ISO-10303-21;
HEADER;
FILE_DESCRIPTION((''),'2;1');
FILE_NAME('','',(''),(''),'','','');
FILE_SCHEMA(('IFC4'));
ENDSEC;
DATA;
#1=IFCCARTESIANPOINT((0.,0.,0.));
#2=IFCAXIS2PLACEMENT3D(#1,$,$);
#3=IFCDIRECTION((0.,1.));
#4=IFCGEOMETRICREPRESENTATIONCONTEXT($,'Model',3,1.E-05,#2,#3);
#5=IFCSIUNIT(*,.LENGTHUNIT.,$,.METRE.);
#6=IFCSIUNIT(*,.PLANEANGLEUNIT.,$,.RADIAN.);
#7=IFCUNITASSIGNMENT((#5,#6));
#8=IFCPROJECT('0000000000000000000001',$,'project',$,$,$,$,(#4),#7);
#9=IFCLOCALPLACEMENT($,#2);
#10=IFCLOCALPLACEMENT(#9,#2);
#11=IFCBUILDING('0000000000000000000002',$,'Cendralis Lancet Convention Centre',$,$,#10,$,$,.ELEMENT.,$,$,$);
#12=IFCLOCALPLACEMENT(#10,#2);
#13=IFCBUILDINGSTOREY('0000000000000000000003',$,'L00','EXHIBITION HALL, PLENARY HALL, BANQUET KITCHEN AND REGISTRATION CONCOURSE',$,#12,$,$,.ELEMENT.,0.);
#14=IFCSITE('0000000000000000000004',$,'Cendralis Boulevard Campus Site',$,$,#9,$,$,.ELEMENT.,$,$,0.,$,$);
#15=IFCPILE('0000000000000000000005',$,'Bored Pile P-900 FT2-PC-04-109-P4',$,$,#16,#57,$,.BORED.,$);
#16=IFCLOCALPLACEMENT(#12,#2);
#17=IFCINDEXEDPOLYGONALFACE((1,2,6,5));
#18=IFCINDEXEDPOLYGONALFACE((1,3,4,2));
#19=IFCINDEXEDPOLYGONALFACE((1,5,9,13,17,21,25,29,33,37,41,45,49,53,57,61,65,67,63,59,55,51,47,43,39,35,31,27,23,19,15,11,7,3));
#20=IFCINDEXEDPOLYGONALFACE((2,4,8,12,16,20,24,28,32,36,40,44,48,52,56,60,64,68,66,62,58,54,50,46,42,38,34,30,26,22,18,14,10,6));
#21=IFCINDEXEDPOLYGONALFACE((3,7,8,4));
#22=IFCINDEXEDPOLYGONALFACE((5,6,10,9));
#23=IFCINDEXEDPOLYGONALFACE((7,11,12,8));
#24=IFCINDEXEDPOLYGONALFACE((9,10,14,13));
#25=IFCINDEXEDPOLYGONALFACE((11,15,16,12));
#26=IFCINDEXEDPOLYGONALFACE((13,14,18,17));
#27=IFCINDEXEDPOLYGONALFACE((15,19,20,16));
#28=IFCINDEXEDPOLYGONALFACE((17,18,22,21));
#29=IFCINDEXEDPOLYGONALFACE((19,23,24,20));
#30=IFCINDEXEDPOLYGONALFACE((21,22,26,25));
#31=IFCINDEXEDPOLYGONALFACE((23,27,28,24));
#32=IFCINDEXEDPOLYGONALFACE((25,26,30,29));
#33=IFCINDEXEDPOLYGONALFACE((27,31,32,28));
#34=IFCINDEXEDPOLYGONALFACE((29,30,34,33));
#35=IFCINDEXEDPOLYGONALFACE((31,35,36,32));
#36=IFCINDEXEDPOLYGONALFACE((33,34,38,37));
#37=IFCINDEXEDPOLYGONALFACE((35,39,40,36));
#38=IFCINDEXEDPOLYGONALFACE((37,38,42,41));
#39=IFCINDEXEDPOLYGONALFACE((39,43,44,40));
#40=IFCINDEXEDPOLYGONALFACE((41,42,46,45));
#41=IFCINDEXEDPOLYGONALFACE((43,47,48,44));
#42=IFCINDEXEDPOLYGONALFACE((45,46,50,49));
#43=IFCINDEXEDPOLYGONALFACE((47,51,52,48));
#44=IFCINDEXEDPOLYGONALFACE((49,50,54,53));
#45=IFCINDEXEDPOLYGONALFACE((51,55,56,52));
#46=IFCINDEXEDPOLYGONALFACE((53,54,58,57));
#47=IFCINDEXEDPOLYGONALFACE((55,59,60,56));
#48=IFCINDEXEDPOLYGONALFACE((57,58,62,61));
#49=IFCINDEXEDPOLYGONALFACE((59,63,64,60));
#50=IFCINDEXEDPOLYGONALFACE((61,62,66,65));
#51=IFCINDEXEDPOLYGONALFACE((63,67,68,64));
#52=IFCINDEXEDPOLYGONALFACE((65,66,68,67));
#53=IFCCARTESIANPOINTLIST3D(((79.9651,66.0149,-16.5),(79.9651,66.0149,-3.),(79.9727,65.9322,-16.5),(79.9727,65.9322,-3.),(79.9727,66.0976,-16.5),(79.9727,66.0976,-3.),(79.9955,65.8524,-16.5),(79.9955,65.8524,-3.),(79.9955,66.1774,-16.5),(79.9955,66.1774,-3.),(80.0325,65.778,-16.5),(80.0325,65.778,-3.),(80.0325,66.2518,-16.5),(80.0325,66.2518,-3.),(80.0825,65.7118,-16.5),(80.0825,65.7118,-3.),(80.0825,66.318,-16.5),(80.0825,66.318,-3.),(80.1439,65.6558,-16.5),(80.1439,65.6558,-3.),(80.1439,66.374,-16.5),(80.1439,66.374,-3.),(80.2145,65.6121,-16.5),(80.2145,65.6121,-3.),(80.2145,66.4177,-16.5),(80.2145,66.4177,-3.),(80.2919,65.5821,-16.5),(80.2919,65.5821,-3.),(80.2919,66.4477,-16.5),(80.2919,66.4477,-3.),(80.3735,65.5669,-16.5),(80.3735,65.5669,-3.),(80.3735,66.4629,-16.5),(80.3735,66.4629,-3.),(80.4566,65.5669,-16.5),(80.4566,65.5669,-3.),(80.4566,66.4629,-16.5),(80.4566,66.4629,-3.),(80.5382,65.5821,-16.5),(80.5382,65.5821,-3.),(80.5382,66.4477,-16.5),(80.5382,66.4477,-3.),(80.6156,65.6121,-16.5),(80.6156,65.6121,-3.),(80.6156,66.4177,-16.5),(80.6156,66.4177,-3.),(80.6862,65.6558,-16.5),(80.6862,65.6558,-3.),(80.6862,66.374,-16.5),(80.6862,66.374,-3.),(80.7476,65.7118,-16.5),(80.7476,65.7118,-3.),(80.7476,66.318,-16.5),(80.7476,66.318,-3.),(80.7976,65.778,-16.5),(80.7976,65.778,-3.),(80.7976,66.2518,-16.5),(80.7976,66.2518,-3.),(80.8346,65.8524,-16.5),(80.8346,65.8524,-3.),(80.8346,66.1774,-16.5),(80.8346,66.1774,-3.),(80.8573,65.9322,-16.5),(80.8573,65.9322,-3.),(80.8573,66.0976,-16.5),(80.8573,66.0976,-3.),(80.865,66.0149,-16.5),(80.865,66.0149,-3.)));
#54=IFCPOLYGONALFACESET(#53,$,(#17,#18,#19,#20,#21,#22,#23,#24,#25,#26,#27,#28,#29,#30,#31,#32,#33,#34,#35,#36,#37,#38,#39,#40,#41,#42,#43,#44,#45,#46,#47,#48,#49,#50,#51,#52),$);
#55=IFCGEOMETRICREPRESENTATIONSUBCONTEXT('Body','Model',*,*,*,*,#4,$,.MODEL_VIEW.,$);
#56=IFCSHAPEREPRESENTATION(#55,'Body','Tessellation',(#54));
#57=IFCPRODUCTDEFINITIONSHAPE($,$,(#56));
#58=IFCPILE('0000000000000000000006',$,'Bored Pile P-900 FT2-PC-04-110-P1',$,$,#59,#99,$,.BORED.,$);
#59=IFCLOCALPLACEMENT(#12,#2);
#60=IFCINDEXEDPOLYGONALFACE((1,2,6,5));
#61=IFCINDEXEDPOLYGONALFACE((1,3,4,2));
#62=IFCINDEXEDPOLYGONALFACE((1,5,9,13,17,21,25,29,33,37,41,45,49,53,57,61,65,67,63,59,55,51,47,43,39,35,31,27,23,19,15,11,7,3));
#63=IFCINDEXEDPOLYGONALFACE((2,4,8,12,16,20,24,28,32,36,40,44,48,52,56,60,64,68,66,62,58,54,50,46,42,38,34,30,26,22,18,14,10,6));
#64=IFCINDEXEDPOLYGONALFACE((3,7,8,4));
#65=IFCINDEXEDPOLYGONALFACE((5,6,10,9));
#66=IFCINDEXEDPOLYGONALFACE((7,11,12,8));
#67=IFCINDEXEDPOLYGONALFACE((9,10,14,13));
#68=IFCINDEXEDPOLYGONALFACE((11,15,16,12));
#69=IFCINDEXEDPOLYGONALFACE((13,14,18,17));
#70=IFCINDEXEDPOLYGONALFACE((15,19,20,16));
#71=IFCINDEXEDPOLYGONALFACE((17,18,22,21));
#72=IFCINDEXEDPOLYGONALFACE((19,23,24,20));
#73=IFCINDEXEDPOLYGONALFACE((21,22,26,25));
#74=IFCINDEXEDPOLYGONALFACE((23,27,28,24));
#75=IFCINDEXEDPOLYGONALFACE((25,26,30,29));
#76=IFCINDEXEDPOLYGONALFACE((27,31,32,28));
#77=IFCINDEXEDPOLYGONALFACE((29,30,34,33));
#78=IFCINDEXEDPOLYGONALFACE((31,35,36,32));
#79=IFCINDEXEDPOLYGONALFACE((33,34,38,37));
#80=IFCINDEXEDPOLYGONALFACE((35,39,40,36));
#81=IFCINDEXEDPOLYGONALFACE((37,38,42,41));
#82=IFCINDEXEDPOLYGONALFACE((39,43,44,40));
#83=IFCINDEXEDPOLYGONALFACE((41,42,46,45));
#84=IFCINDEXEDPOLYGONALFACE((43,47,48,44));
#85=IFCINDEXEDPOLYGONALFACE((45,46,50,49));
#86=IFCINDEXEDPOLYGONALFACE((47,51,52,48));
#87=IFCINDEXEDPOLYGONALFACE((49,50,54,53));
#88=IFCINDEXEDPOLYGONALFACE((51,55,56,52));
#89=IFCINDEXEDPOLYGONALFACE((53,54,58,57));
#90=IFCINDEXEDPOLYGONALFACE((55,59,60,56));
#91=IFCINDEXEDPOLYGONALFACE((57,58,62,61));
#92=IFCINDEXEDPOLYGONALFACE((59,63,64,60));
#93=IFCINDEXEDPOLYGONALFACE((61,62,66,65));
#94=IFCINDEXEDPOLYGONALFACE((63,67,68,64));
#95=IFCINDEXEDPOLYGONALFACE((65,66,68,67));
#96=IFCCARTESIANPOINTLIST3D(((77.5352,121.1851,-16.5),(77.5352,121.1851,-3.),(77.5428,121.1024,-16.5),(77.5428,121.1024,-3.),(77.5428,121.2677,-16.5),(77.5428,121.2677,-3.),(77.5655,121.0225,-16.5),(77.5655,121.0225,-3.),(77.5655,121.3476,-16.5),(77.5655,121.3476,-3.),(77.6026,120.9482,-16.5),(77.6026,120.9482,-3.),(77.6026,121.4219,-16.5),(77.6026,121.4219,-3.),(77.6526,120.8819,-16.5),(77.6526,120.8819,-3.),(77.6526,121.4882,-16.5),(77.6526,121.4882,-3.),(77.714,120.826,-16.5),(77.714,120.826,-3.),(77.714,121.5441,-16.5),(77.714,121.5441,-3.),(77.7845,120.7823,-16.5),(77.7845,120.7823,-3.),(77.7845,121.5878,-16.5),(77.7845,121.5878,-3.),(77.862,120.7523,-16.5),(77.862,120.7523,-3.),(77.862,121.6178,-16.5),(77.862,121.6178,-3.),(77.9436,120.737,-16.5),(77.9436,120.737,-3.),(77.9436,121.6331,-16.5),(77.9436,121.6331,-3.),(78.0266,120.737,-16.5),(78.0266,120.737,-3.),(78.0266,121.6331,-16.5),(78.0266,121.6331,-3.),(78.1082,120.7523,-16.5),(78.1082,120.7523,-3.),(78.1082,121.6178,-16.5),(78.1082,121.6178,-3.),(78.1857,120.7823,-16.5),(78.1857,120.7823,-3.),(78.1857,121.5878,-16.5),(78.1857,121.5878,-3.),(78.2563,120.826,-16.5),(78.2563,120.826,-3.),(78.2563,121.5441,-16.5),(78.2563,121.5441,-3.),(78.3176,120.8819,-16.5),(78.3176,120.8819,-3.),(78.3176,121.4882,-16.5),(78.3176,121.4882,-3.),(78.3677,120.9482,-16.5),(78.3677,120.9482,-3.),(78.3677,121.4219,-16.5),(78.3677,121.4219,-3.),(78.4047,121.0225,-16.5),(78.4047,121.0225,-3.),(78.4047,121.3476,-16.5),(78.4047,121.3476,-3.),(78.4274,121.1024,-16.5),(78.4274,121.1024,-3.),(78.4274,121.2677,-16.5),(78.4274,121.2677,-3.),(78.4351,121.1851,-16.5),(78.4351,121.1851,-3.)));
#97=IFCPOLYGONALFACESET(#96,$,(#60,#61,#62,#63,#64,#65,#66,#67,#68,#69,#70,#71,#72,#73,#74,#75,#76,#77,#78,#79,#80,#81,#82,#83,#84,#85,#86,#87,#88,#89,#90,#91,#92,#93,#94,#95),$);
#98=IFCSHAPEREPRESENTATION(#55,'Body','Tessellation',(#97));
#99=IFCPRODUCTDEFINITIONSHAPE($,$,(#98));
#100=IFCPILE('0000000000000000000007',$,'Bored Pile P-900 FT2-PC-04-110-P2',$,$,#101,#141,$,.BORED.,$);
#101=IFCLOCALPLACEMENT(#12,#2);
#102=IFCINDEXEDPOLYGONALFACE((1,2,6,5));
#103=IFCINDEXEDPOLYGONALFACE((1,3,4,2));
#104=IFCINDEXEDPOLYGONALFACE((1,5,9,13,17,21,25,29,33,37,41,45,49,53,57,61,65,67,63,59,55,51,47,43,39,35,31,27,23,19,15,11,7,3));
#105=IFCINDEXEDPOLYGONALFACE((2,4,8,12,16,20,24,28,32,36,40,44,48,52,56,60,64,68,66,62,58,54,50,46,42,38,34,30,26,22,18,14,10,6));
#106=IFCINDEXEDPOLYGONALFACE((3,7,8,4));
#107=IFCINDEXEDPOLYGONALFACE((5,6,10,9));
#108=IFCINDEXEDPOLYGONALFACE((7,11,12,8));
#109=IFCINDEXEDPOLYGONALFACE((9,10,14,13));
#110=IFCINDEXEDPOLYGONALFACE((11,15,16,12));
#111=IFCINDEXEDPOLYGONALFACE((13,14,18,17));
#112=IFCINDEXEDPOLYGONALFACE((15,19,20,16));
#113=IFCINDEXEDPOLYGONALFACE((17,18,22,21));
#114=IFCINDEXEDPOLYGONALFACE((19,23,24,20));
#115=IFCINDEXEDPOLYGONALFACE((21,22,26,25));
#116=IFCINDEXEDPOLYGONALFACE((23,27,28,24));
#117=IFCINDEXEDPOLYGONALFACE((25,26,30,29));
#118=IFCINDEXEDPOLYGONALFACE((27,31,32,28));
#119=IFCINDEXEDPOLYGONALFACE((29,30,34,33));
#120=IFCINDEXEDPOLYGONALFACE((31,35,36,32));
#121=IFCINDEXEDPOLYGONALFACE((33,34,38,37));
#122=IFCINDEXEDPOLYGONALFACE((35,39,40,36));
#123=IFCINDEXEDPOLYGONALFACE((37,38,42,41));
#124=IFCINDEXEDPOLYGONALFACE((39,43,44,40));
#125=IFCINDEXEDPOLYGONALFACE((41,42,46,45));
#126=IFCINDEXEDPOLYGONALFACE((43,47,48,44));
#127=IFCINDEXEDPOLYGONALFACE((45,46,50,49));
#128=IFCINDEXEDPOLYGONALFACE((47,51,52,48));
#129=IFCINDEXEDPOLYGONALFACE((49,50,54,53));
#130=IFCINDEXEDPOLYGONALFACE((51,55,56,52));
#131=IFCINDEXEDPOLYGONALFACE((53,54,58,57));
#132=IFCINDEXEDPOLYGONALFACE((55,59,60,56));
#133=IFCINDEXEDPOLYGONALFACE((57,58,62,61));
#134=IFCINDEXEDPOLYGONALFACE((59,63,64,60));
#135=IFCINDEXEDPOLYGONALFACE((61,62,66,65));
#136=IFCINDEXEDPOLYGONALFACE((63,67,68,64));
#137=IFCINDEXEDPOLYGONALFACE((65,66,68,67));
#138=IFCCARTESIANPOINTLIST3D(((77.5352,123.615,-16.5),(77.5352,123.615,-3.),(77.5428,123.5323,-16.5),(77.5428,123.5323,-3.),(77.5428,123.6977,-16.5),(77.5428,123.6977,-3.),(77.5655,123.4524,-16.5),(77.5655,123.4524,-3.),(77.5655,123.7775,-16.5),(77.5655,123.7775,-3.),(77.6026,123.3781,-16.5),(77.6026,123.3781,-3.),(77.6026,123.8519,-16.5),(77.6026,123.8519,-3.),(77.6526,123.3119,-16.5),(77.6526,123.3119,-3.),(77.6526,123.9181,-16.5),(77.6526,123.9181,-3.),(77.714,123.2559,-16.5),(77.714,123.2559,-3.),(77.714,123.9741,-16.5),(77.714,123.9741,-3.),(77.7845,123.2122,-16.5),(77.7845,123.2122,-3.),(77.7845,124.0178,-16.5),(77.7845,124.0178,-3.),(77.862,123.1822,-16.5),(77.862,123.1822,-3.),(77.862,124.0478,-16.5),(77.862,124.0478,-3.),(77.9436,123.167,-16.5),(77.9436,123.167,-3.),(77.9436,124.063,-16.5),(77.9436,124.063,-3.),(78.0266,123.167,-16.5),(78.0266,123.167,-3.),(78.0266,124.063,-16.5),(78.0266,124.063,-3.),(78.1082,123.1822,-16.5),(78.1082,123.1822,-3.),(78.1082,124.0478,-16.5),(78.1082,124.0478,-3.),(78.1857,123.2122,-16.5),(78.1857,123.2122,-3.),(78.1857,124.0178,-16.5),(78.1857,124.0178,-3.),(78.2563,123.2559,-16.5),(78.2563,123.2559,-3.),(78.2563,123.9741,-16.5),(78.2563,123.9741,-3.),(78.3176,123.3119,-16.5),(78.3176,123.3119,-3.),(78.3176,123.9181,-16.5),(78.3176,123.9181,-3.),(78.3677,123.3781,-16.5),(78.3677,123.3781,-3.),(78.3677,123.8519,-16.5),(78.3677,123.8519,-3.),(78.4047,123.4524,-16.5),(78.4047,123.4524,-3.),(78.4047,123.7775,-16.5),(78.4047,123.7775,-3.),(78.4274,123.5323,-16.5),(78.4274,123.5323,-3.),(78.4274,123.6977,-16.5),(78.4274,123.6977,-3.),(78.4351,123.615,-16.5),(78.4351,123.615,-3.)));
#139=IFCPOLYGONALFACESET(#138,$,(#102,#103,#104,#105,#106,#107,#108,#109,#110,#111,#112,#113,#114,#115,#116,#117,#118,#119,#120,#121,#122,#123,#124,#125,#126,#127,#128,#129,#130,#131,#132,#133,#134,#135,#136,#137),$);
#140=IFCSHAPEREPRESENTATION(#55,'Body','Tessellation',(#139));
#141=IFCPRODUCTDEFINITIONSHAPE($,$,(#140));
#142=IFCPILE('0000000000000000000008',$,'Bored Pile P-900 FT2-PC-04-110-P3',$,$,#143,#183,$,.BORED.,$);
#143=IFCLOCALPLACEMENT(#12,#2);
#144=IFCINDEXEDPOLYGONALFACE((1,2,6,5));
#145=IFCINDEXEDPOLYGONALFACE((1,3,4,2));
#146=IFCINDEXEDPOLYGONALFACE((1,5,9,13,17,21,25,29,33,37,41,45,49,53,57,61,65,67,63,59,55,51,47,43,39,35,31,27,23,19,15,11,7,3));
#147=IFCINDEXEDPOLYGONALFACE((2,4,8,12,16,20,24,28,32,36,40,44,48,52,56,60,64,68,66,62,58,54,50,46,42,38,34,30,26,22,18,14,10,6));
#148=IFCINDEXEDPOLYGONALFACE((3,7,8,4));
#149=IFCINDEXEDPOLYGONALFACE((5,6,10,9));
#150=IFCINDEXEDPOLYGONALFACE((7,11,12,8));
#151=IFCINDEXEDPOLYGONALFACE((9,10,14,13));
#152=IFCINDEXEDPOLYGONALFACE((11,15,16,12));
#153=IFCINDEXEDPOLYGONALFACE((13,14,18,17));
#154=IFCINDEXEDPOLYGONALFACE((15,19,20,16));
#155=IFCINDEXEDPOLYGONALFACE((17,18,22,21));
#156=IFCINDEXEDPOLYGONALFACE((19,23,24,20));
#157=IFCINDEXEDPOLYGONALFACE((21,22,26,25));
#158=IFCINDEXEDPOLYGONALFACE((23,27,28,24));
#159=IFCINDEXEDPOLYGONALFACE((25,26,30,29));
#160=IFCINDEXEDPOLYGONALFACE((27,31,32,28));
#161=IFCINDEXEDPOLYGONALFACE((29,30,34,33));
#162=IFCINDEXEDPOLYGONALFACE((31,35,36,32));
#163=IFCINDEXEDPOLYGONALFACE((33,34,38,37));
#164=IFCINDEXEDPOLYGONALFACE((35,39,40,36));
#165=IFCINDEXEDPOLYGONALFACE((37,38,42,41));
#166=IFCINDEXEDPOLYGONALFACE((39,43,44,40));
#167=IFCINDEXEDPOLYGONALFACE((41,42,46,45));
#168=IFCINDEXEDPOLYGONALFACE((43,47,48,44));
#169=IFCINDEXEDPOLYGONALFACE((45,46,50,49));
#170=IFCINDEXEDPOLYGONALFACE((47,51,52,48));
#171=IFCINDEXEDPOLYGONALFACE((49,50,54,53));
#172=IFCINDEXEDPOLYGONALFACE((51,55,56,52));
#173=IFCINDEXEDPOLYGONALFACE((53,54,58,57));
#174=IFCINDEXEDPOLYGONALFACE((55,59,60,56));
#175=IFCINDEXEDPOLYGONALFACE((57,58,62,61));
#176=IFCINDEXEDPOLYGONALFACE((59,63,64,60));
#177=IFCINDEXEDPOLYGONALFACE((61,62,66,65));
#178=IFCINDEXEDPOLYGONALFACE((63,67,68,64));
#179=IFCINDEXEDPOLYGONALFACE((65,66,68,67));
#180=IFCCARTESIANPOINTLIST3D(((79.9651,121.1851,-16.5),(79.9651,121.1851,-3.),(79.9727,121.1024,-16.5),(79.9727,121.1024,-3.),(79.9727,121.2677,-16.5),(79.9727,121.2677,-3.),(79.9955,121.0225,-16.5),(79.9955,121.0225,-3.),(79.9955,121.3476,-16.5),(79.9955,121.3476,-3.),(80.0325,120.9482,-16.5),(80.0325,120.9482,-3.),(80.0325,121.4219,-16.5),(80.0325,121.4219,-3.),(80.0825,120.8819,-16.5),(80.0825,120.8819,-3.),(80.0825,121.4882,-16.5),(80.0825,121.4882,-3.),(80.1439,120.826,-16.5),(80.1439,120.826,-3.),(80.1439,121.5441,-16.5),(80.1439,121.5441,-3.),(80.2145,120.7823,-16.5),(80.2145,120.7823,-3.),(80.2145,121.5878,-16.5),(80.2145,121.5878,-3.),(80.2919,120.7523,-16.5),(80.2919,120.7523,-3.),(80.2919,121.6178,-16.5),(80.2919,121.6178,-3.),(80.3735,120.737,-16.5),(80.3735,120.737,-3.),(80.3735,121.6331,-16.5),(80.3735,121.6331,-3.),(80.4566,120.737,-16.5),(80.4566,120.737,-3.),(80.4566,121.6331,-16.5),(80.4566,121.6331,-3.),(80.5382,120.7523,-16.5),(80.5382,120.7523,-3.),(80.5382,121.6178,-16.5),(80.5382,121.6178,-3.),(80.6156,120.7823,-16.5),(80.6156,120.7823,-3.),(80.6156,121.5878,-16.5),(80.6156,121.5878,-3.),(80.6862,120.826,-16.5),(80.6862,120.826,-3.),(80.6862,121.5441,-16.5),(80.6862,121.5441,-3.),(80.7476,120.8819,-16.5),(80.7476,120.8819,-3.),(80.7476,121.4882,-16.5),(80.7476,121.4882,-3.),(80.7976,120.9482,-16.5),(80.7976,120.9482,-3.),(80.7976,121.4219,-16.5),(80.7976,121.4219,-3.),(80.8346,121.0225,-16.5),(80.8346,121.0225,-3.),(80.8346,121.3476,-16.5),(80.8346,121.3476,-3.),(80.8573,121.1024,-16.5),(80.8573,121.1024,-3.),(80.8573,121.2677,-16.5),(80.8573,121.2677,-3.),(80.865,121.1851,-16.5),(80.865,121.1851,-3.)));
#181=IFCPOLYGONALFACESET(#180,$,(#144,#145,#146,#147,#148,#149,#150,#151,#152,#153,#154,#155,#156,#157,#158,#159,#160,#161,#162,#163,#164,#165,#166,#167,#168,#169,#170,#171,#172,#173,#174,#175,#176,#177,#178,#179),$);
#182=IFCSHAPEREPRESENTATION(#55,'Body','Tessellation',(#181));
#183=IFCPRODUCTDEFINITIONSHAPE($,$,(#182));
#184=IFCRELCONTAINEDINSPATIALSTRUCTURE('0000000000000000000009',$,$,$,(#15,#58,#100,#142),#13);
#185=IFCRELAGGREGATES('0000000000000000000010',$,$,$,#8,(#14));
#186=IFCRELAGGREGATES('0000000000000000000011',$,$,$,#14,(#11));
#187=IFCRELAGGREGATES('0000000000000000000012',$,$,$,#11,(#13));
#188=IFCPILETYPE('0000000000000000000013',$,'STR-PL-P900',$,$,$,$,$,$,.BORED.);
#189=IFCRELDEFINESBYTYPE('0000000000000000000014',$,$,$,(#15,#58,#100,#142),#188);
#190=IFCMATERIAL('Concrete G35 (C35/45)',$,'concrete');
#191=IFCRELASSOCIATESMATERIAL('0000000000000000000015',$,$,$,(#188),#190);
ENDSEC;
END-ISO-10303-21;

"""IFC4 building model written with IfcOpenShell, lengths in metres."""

from ifc_helpers import new_model, si_unit, direction, frame, origin, origin_2d, place, context, subcontext, project, spatial, circle, extrude, material, material_profile, profile_set, type_object, element, save


model = new_model("IFC4")

# Units and contexts
model_context = context("Model", 3, precision=1e-05, world=origin(), true_north=direction((0.0, 1.0)))
body_context = subcontext(model_context, "Body", "Model", "MODEL_VIEW")
ifc_project = project(units=[si_unit("LENGTHUNIT", "METRE"), si_unit("PLANEANGLEUNIT", "RADIAN")], contexts=[model_context])

# Site, building, storey
site_placement = place(None, origin())
site = spatial("IfcSite", under=ifc_project, at=site_placement, Name="Cendralis Boulevard Campus Site", CompositionType="ELEMENT", RefElevation=0.0)
building_placement = place(site_placement, origin())
building = spatial("IfcBuilding", under=site, at=building_placement, Name="Cendralis Lancet Convention Centre", CompositionType="ELEMENT")
storey_placement = place(building_placement, origin())
storey = spatial("IfcBuildingStorey", under=building, at=storey_placement, Name="L00", Description="EXHIBITION HALL, PLENARY HALL, BANQUET KITCHEN AND REGISTRATION CONCOURSE", CompositionType="ELEMENT", Elevation=0.0)

# Shared definitions
ifc_material_1 = material(Name="Concrete G35 (C35/45)", Category="concrete")

# Piles
ifc_material_profile_1 = material_profile(ifc_material_1, circle(Radius=0.45, at=origin_2d()), Name="BORED PILE D900")
ifc_profile_set_1 = profile_set([ifc_material_profile_1], Name="Concrete G35 (C35/45)")
pile_type = type_object("IfcPileType", Name="STR-PL-P900", PredefinedType="BORED", material=ifc_profile_set_1)
for number, where, z_axis, x_axis, name in (
    (1, (80.415, 66.0149, -3.0), (0.0, 0.0, -1.0), (1.0, 0.0, 0.0), "Bored Pile P-900 FT2-PC-04-109-P4"),
    (2, (77.9851, 121.1851, -3.0), (0.0, 0.0, -1.0), (1.0, 0.0, 0.0), "Bored Pile P-900 FT2-PC-04-110-P1"),
    (3, (77.9851, 123.615, -3.0), (0.0, 0.0, -1.0), (1.0, 0.0, 0.0), "Bored Pile P-900 FT2-PC-04-110-P2"),
    (4, (80.415, 121.1851, -3.0), (0.0, 0.0, -1.0), (1.0, 0.0, 0.0), "Bored Pile P-900 FT2-PC-04-110-P3"),
):
    element("IfcPile", number, at=place(storey_placement, frame(where, z_axis=z_axis, x_axis=x_axis)), inside=storey, type_object=pile_type, Name=name, PredefinedType="BORED", context=body_context, shape_type="SweptSolid", body=[
        extrude(circle(Radius=0.45, at=origin_2d()), origin(), (0.0, 0.0, 1.0), 13.5),
    ])

save(model, "model.ifc")
